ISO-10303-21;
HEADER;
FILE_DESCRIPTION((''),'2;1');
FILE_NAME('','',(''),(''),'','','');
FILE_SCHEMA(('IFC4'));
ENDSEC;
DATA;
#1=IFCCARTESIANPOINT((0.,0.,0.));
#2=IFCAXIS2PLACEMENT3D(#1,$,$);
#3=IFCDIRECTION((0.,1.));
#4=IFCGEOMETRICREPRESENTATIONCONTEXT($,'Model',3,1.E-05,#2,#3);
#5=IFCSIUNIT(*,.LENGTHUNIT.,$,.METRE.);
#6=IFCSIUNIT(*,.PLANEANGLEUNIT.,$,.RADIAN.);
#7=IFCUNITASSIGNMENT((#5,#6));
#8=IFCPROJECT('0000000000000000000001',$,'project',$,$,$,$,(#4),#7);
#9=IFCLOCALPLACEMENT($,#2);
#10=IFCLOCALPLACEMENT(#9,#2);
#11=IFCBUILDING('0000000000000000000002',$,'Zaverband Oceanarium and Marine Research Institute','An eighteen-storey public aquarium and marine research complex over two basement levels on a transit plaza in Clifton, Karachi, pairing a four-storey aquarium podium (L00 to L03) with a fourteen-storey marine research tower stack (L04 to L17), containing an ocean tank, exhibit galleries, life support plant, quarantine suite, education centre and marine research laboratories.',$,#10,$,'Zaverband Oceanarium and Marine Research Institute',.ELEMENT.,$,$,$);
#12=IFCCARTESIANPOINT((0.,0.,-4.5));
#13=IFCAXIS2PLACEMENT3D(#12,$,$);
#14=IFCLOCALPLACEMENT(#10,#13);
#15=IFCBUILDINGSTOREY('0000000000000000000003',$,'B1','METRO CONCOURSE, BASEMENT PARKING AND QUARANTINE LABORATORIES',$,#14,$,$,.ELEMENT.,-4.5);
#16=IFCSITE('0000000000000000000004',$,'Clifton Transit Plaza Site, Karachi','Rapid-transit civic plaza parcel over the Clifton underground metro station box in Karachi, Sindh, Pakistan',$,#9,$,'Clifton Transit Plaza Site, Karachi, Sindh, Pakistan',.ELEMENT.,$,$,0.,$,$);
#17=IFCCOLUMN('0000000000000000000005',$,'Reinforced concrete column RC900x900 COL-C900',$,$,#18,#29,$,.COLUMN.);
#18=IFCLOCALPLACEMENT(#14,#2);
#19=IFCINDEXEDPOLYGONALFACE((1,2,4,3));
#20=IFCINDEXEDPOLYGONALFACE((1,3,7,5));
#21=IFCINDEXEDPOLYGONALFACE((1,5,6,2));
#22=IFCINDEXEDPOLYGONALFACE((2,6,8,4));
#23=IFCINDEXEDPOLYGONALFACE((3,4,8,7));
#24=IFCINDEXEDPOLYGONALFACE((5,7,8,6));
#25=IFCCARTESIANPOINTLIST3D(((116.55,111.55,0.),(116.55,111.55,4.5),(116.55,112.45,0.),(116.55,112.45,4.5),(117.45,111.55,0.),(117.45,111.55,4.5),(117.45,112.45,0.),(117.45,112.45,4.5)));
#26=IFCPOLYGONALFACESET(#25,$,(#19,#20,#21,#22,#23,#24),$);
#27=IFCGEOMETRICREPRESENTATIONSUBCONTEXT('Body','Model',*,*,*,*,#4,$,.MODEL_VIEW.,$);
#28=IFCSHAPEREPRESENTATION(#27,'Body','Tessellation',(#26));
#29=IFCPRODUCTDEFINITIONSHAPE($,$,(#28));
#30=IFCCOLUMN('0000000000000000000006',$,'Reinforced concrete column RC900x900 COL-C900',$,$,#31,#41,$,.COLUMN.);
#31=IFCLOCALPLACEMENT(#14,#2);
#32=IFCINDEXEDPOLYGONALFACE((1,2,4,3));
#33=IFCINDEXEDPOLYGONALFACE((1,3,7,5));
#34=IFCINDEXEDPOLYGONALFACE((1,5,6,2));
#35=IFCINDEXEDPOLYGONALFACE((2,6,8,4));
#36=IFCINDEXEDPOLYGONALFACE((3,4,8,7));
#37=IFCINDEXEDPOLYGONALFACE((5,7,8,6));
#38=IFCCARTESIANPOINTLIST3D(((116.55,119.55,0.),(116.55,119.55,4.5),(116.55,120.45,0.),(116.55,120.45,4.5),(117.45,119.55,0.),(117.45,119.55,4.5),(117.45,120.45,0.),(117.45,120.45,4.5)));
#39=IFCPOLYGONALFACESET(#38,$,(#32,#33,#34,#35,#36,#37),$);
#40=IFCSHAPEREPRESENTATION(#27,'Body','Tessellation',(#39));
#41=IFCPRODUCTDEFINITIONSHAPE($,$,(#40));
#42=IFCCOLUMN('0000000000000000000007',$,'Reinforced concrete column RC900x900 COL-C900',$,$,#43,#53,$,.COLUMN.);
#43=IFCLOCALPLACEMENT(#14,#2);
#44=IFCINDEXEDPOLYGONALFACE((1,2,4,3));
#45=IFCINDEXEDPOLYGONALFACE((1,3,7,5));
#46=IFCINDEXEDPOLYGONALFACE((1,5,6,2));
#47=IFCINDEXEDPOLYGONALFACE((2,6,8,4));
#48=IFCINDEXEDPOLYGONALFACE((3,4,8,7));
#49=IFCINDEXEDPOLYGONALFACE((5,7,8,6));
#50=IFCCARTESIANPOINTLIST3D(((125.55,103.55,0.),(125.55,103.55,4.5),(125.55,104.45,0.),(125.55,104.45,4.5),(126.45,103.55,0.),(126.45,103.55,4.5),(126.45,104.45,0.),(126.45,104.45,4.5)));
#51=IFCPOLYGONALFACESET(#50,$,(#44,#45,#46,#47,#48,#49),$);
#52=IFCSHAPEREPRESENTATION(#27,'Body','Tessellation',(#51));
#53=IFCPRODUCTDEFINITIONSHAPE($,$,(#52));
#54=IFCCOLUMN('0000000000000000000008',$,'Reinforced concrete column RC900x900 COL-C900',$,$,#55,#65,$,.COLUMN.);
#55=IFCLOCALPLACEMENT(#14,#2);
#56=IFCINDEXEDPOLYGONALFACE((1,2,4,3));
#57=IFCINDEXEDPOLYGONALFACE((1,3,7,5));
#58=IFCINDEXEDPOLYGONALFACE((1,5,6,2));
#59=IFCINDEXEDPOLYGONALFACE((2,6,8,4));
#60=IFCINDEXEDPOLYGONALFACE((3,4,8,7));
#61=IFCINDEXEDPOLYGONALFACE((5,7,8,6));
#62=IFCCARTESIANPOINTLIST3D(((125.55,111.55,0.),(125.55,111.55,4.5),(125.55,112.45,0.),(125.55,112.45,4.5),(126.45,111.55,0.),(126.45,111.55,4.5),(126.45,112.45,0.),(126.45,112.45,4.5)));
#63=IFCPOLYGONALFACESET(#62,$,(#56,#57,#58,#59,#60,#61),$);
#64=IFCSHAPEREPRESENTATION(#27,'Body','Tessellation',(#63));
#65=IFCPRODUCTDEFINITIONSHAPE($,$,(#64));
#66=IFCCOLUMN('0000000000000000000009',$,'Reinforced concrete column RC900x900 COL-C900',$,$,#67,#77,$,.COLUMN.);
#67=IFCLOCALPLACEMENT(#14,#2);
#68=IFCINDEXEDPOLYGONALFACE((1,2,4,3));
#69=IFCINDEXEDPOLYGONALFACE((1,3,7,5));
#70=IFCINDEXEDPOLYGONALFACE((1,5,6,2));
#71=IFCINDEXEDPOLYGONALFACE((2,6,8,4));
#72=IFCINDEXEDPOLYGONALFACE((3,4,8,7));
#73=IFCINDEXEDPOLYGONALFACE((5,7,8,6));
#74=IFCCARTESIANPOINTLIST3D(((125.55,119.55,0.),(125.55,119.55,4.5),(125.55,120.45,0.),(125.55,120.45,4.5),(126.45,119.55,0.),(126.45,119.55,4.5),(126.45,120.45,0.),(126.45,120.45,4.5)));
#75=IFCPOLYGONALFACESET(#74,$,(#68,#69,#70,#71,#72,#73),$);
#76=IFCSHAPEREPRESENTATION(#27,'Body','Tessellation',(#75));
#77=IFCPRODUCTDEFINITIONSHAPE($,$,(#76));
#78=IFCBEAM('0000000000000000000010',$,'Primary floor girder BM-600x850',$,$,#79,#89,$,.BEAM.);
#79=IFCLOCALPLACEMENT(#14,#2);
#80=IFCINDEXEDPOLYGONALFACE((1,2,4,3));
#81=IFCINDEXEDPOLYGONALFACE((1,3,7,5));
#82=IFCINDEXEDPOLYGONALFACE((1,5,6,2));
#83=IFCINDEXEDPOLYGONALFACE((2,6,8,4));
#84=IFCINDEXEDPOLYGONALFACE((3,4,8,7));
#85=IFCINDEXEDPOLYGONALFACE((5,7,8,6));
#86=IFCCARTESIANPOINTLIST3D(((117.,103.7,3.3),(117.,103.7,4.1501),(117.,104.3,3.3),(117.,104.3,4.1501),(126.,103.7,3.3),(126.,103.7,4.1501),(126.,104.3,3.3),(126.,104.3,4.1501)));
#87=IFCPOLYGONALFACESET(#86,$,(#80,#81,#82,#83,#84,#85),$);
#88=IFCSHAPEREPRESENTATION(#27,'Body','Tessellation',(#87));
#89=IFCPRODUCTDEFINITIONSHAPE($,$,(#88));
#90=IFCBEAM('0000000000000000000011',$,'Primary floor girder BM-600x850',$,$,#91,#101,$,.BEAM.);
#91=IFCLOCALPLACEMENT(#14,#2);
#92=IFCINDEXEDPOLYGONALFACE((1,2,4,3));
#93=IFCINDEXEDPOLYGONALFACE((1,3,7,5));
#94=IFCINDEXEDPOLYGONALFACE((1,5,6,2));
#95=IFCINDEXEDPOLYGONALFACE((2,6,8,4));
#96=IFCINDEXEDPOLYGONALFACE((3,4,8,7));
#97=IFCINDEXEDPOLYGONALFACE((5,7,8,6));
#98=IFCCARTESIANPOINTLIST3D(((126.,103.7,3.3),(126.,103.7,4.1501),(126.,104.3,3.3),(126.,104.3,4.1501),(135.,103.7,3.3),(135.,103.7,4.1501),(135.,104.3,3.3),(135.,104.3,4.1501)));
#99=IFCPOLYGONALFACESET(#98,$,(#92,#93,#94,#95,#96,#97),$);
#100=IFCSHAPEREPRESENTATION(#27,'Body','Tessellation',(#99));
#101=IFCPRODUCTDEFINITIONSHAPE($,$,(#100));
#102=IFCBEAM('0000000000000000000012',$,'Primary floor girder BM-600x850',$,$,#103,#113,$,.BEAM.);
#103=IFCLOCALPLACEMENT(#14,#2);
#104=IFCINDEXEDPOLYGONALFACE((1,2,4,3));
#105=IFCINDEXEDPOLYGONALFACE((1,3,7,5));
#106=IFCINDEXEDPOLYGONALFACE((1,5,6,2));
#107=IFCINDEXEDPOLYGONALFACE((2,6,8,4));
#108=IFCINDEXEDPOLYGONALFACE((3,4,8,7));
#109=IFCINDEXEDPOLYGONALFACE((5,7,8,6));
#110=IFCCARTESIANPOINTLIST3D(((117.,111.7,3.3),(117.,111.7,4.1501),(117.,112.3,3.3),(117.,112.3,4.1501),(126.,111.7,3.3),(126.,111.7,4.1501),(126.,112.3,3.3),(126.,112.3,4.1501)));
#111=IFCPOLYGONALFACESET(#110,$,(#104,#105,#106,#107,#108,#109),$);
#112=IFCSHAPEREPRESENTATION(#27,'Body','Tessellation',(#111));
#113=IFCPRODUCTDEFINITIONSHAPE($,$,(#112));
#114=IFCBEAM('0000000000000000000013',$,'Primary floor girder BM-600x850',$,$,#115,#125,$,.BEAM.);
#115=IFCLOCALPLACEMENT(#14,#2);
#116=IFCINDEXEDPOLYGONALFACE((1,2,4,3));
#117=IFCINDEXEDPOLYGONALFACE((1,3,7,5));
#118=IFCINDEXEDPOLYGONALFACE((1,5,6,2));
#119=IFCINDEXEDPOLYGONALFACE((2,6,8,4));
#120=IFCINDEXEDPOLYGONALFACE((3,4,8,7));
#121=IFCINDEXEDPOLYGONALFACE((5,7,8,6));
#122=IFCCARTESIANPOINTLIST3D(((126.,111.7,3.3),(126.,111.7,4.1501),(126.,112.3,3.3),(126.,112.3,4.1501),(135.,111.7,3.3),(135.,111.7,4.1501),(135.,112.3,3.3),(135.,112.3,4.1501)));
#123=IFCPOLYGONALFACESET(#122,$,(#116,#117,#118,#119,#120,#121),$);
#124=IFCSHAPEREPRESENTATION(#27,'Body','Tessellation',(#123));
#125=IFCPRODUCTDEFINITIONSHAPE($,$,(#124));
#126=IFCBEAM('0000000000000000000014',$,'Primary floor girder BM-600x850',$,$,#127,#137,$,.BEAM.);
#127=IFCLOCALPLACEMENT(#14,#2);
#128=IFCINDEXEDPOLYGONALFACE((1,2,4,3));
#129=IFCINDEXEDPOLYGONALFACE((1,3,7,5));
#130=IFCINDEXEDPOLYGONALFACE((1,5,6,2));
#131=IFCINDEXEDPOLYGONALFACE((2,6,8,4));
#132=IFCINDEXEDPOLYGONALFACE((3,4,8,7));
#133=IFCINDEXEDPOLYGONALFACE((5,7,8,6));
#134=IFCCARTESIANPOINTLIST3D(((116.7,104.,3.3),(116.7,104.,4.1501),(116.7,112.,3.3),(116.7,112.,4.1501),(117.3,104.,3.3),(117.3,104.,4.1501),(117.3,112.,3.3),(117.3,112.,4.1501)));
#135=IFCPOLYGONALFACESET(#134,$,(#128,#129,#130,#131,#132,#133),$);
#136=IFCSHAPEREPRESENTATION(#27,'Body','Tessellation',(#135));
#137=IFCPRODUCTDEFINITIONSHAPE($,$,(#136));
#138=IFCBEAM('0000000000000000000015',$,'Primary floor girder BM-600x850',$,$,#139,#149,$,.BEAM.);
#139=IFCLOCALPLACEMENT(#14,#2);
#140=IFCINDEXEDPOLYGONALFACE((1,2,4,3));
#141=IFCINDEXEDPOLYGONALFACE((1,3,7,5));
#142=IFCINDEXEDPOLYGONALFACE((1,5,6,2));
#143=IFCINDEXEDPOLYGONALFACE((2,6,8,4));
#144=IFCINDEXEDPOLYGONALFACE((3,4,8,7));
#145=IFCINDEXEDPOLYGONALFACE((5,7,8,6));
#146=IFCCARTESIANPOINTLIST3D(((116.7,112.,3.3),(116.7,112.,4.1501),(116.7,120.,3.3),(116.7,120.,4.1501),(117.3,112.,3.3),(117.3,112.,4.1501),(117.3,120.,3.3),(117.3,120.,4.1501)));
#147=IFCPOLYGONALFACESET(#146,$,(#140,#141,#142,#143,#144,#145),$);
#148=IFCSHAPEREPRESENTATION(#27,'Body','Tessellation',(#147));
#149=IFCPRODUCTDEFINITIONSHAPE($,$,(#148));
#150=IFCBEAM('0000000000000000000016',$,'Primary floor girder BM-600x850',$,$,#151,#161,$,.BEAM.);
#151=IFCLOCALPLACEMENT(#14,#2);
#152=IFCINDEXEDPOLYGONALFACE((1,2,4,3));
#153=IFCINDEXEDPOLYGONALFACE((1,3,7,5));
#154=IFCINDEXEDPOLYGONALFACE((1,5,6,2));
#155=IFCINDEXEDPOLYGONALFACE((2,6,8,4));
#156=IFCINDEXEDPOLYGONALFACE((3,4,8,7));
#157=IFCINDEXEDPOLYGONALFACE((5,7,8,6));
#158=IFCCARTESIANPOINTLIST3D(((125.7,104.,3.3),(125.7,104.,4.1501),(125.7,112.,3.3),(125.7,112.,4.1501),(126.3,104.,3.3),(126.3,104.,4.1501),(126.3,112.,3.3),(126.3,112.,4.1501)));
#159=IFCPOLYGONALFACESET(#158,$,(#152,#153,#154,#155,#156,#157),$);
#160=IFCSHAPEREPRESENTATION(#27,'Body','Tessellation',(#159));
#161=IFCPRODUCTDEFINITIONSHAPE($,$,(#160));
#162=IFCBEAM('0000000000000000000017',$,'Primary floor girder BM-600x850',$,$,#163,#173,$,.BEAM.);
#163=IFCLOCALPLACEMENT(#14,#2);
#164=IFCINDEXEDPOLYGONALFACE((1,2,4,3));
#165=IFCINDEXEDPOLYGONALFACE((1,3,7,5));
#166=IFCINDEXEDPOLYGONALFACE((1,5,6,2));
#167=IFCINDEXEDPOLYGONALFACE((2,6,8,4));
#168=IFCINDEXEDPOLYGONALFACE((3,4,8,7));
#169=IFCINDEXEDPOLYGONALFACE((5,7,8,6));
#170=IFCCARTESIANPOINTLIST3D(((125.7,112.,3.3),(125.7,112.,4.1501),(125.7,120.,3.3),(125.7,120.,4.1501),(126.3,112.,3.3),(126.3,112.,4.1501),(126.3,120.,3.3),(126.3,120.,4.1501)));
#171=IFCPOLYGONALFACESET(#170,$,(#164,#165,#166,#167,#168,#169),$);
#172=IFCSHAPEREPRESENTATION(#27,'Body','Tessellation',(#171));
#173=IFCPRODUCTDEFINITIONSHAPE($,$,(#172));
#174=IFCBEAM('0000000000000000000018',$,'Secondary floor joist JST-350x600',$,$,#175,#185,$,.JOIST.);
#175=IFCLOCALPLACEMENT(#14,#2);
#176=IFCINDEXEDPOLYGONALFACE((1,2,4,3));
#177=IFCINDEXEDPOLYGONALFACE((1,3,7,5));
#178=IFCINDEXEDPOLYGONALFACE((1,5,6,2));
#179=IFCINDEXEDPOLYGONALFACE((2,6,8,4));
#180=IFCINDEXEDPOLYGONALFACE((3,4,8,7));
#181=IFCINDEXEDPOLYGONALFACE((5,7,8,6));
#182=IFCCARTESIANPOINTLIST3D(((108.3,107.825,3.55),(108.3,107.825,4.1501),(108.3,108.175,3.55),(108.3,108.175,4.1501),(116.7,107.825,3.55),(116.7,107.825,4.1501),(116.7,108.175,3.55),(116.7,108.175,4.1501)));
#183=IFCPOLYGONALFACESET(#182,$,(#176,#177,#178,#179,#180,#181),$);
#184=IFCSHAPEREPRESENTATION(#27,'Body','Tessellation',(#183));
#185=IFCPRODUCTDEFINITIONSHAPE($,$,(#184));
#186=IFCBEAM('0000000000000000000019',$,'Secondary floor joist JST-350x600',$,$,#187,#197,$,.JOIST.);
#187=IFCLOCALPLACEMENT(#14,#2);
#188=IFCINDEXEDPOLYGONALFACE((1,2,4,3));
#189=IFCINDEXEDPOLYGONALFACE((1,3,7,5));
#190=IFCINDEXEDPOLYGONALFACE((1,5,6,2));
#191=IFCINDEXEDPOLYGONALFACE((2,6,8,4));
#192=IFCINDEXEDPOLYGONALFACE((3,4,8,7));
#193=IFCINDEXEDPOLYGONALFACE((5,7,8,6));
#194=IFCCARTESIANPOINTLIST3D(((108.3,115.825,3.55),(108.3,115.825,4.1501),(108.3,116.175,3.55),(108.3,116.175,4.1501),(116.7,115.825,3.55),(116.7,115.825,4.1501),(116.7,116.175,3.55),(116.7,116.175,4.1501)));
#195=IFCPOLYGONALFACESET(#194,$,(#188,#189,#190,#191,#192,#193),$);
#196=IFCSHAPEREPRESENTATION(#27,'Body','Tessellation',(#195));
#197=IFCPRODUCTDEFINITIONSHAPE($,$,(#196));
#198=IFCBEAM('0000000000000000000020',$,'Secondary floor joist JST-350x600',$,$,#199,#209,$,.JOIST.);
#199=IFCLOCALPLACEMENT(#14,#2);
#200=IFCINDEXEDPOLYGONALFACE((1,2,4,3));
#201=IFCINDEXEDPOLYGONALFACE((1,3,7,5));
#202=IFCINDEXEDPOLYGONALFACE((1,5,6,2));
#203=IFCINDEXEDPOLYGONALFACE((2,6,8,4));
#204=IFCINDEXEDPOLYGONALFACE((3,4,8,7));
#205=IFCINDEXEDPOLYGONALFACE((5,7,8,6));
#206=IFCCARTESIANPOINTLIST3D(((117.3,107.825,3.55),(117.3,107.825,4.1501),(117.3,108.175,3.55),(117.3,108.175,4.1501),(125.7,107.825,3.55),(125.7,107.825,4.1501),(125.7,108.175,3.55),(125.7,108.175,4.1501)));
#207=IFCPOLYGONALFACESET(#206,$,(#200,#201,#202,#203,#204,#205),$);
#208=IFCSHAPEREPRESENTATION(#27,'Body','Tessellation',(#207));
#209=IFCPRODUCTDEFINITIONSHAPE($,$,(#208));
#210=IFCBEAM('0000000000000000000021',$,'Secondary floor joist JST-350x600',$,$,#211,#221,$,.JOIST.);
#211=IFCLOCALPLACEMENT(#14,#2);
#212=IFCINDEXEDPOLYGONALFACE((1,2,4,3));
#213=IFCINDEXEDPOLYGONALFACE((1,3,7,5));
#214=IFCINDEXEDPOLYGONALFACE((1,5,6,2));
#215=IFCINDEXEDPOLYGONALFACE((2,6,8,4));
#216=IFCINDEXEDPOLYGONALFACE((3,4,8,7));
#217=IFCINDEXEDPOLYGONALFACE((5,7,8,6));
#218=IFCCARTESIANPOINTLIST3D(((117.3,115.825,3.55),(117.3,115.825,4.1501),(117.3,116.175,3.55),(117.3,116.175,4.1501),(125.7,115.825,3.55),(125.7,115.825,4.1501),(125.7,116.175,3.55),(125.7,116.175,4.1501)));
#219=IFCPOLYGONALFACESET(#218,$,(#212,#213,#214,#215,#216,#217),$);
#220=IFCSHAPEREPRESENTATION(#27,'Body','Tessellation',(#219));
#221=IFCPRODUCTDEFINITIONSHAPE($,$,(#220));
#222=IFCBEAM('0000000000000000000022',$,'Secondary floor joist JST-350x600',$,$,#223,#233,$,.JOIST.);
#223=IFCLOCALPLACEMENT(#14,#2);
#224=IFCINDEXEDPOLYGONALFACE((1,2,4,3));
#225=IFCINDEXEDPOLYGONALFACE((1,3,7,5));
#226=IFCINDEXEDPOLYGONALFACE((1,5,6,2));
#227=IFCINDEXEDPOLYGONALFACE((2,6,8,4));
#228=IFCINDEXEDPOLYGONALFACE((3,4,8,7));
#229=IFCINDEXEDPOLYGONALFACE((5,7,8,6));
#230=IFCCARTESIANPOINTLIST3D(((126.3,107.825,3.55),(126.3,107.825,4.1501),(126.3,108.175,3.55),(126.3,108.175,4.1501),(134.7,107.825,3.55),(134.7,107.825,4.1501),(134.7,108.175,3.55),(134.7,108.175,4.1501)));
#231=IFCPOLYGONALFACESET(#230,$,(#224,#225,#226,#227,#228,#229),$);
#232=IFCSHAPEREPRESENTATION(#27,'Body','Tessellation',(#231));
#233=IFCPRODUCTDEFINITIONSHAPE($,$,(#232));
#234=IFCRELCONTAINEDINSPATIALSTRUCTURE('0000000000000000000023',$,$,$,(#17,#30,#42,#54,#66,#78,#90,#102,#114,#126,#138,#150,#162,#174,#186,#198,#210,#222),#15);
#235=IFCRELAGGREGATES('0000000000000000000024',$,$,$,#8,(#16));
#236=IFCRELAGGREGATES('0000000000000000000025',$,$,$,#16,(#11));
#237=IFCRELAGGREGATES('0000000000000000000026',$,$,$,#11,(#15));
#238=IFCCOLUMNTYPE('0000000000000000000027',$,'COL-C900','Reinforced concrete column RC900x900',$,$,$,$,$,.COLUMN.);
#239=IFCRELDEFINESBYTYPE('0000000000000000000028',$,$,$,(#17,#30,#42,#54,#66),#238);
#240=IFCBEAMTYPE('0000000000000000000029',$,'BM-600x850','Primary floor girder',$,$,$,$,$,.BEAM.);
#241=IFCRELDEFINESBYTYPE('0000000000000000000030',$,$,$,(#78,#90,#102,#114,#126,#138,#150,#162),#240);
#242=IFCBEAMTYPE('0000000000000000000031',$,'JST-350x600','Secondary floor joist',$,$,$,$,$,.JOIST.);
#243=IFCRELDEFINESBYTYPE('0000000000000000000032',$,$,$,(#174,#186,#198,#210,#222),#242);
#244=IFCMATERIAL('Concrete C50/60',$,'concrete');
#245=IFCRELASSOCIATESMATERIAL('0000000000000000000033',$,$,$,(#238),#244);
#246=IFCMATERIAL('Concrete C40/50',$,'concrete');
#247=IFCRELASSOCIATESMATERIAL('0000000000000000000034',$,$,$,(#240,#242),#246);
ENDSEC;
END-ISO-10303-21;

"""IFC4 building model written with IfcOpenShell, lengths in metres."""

from ifc_helpers import new_model, si_unit, direction, frame, origin, origin_2d, place, context, subcontext, project, spatial, rectangle, extrude, material, material_profile, profile_set, type_object, element, save


model = new_model("IFC4")

# Units and contexts
model_context = context("Model", 3, precision=1e-05, world=origin(), true_north=direction((0.0, 1.0)))
body_context = subcontext(model_context, "Body", "Model", "MODEL_VIEW")
ifc_project = project(units=[si_unit("LENGTHUNIT", "METRE"), si_unit("PLANEANGLEUNIT", "RADIAN")], contexts=[model_context])

# Site, building, storey
site_placement = place(None, origin())
site = spatial("IfcSite", under=ifc_project, at=site_placement, Name="Clifton Transit Plaza Site, Karachi", Description="Rapid-transit civic plaza parcel over the Clifton underground metro station box in Karachi, Sindh, Pakistan", LongName="Clifton Transit Plaza Site, Karachi, Sindh, Pakistan", CompositionType="ELEMENT", RefElevation=0.0)
building_placement = place(site_placement, origin())
building = spatial("IfcBuilding", under=site, at=building_placement, Name="Zaverband Oceanarium and Marine Research Institute", Description="An eighteen-storey public aquarium and marine research complex over two basement levels on a transit plaza in Clifton, Karachi, pairing a four-storey aquarium podium (L00 to L03) with a fourteen-storey marine research tower stack (L04 to L17), containing an ocean tank, exhibit galleries, life support plant, quarantine suite, education centre and marine research laboratories.", LongName="Zaverband Oceanarium and Marine Research Institute", CompositionType="ELEMENT")
storey_placement = place(building_placement, frame((0.0, 0.0, -4.5)))
storey = spatial("IfcBuildingStorey", under=building, at=storey_placement, Name="B1", Description="METRO CONCOURSE, BASEMENT PARKING AND QUARANTINE LABORATORIES", CompositionType="ELEMENT", Elevation=-4.5)

# Columns
ifc_material_1 = material(Name="Concrete C50/60", Category="concrete")
ifc_material_profile_1 = material_profile(ifc_material_1, rectangle(XDim=0.8999, YDim=0.8999, at=origin_2d()), Name="RC900x900")
ifc_profile_set_1 = profile_set([ifc_material_profile_1], Name="Concrete C50/60")
column_type = type_object("IfcColumnType", Name="COL-C900", Description="Reinforced concrete column RC900x900", PredefinedType="COLUMN", material=ifc_profile_set_1)
for number, where, z_axis, x_axis, name in (
    (1, (117.0, 112.0, 0.0), (0.0, 0.0, 1.0), (1.0, 0.0, 0.0), "Reinforced concrete column RC900x900 COL-C900"),
    (2, (117.0, 120.0, 0.0), (0.0, 0.0, 1.0), (1.0, 0.0, 0.0), "Reinforced concrete column RC900x900 COL-C900"),
    (3, (126.0, 104.0, 0.0), (0.0, 0.0, 1.0), (1.0, 0.0, 0.0), "Reinforced concrete column RC900x900 COL-C900"),
    (4, (126.0, 112.0, 0.0), (0.0, 0.0, 1.0), (1.0, 0.0, 0.0), "Reinforced concrete column RC900x900 COL-C900"),
    (5, (126.0, 120.0, 0.0), (0.0, 0.0, 1.0), (1.0, 0.0, 0.0), "Reinforced concrete column RC900x900 COL-C900"),
):
    element("IfcColumn", number, at=place(storey_placement, frame(where, z_axis=z_axis, x_axis=x_axis)), inside=storey, type_object=column_type, Name=name, PredefinedType="COLUMN", context=body_context, shape_type="SweptSolid", body=[
        extrude(rectangle(XDim=0.8999, YDim=0.8999, at=origin_2d()), origin(), (0.0, 0.0, 1.0), 4.5),
    ])

# Beams
ifc_material_2 = material(Name="Concrete C40/50", Category="concrete")
ifc_material_profile_2 = material_profile(ifc_material_2, rectangle(XDim=0.6001, YDim=0.8501, at=origin_2d()), Name="RC600x850")
ifc_profile_set_2 = profile_set([ifc_material_profile_2], Name="Concrete C40/50")
beam_type_1 = type_object("IfcBeamType", Name="BM-600x850", Description="Primary floor girder", PredefinedType="BEAM", material=ifc_profile_set_2)
for number, where, z_axis, x_axis, name in (
    (6, (117.0, 104.0, 3.7251), (1.0, 0.0, 0.0), (0.0, 1.0, 0.0), "Primary floor girder BM-600x850"),
    (7, (126.0, 104.0, 3.7251), (1.0, 0.0, 0.0), (0.0, 1.0, 0.0), "Primary floor girder BM-600x850"),
    (8, (117.0, 112.0, 3.7251), (1.0, 0.0, 0.0), (0.0, 1.0, 0.0), "Primary floor girder BM-600x850"),
    (9, (126.0, 112.0, 3.7251), (1.0, 0.0, 0.0), (0.0, 1.0, 0.0), "Primary floor girder BM-600x850"),
):
    element("IfcBeam", number, at=place(storey_placement, frame(where, z_axis=z_axis, x_axis=x_axis)), inside=storey, type_object=beam_type_1, Name=name, PredefinedType="BEAM", context=body_context, shape_type="SweptSolid", body=[
        extrude(rectangle(XDim=0.6001, YDim=0.8501, at=origin_2d()), origin(), (0.0, 0.0, 1.0), 9.0),
    ])
for number, where, z_axis, x_axis, name in (
    (10, (117.0, 104.0, 3.7251), (0.0, 1.0, 0.0), (-1.0, 0.0, 0.0), "Primary floor girder BM-600x850"),
    (11, (117.0, 112.0, 3.7251), (0.0, 1.0, 0.0), (-1.0, 0.0, 0.0), "Primary floor girder BM-600x850"),
    (12, (126.0, 104.0, 3.7251), (0.0, 1.0, 0.0), (-1.0, 0.0, 0.0), "Primary floor girder BM-600x850"),
    (13, (126.0, 112.0, 3.7251), (0.0, 1.0, 0.0), (-1.0, 0.0, 0.0), "Primary floor girder BM-600x850"),
):
    element("IfcBeam", number, at=place(storey_placement, frame(where, z_axis=z_axis, x_axis=x_axis)), inside=storey, type_object=beam_type_1, Name=name, PredefinedType="BEAM", context=body_context, shape_type="SweptSolid", body=[
        extrude(rectangle(XDim=0.6001, YDim=0.8501, at=origin_2d()), origin(), (0.0, 0.0, 1.0), 8.0),
    ])
ifc_material_profile_3 = material_profile(ifc_material_2, rectangle(XDim=0.3501, YDim=0.6001, at=origin_2d()), Name="RC350x600")
ifc_profile_set_3 = profile_set([ifc_material_profile_3], Name="Concrete C40/50")
beam_type_2 = type_object("IfcBeamType", Name="JST-350x600", Description="Secondary floor joist", PredefinedType="JOIST", material=ifc_profile_set_3)
for number, where, z_axis, x_axis, name in (
    (14, (108.3, 108.0, 3.8501), (1.0, 0.0, 0.0), (0.0, 1.0, 0.0), "Secondary floor joist JST-350x600"),
    (15, (108.3, 116.0, 3.8501), (1.0, 0.0, 0.0), (0.0, 1.0, 0.0), "Secondary floor joist JST-350x600"),
    (16, (117.3, 108.0, 3.8501), (1.0, 0.0, 0.0), (0.0, 1.0, 0.0), "Secondary floor joist JST-350x600"),
    (17, (117.3, 116.0, 3.8501), (1.0, 0.0, 0.0), (0.0, 1.0, 0.0), "Secondary floor joist JST-350x600"),
    (18, (126.3, 108.0, 3.8501), (1.0, 0.0, 0.0), (0.0, 1.0, 0.0), "Secondary floor joist JST-350x600"),
):
    element("IfcBeam", number, at=place(storey_placement, frame(where, z_axis=z_axis, x_axis=x_axis)), inside=storey, type_object=beam_type_2, Name=name, PredefinedType="JOIST", context=body_context, shape_type="SweptSolid", body=[
        extrude(rectangle(XDim=0.3501, YDim=0.6001, at=origin_2d()), origin(), (0.0, 0.0, 1.0), 8.3999),
    ])

save(model, "model.ifc")
